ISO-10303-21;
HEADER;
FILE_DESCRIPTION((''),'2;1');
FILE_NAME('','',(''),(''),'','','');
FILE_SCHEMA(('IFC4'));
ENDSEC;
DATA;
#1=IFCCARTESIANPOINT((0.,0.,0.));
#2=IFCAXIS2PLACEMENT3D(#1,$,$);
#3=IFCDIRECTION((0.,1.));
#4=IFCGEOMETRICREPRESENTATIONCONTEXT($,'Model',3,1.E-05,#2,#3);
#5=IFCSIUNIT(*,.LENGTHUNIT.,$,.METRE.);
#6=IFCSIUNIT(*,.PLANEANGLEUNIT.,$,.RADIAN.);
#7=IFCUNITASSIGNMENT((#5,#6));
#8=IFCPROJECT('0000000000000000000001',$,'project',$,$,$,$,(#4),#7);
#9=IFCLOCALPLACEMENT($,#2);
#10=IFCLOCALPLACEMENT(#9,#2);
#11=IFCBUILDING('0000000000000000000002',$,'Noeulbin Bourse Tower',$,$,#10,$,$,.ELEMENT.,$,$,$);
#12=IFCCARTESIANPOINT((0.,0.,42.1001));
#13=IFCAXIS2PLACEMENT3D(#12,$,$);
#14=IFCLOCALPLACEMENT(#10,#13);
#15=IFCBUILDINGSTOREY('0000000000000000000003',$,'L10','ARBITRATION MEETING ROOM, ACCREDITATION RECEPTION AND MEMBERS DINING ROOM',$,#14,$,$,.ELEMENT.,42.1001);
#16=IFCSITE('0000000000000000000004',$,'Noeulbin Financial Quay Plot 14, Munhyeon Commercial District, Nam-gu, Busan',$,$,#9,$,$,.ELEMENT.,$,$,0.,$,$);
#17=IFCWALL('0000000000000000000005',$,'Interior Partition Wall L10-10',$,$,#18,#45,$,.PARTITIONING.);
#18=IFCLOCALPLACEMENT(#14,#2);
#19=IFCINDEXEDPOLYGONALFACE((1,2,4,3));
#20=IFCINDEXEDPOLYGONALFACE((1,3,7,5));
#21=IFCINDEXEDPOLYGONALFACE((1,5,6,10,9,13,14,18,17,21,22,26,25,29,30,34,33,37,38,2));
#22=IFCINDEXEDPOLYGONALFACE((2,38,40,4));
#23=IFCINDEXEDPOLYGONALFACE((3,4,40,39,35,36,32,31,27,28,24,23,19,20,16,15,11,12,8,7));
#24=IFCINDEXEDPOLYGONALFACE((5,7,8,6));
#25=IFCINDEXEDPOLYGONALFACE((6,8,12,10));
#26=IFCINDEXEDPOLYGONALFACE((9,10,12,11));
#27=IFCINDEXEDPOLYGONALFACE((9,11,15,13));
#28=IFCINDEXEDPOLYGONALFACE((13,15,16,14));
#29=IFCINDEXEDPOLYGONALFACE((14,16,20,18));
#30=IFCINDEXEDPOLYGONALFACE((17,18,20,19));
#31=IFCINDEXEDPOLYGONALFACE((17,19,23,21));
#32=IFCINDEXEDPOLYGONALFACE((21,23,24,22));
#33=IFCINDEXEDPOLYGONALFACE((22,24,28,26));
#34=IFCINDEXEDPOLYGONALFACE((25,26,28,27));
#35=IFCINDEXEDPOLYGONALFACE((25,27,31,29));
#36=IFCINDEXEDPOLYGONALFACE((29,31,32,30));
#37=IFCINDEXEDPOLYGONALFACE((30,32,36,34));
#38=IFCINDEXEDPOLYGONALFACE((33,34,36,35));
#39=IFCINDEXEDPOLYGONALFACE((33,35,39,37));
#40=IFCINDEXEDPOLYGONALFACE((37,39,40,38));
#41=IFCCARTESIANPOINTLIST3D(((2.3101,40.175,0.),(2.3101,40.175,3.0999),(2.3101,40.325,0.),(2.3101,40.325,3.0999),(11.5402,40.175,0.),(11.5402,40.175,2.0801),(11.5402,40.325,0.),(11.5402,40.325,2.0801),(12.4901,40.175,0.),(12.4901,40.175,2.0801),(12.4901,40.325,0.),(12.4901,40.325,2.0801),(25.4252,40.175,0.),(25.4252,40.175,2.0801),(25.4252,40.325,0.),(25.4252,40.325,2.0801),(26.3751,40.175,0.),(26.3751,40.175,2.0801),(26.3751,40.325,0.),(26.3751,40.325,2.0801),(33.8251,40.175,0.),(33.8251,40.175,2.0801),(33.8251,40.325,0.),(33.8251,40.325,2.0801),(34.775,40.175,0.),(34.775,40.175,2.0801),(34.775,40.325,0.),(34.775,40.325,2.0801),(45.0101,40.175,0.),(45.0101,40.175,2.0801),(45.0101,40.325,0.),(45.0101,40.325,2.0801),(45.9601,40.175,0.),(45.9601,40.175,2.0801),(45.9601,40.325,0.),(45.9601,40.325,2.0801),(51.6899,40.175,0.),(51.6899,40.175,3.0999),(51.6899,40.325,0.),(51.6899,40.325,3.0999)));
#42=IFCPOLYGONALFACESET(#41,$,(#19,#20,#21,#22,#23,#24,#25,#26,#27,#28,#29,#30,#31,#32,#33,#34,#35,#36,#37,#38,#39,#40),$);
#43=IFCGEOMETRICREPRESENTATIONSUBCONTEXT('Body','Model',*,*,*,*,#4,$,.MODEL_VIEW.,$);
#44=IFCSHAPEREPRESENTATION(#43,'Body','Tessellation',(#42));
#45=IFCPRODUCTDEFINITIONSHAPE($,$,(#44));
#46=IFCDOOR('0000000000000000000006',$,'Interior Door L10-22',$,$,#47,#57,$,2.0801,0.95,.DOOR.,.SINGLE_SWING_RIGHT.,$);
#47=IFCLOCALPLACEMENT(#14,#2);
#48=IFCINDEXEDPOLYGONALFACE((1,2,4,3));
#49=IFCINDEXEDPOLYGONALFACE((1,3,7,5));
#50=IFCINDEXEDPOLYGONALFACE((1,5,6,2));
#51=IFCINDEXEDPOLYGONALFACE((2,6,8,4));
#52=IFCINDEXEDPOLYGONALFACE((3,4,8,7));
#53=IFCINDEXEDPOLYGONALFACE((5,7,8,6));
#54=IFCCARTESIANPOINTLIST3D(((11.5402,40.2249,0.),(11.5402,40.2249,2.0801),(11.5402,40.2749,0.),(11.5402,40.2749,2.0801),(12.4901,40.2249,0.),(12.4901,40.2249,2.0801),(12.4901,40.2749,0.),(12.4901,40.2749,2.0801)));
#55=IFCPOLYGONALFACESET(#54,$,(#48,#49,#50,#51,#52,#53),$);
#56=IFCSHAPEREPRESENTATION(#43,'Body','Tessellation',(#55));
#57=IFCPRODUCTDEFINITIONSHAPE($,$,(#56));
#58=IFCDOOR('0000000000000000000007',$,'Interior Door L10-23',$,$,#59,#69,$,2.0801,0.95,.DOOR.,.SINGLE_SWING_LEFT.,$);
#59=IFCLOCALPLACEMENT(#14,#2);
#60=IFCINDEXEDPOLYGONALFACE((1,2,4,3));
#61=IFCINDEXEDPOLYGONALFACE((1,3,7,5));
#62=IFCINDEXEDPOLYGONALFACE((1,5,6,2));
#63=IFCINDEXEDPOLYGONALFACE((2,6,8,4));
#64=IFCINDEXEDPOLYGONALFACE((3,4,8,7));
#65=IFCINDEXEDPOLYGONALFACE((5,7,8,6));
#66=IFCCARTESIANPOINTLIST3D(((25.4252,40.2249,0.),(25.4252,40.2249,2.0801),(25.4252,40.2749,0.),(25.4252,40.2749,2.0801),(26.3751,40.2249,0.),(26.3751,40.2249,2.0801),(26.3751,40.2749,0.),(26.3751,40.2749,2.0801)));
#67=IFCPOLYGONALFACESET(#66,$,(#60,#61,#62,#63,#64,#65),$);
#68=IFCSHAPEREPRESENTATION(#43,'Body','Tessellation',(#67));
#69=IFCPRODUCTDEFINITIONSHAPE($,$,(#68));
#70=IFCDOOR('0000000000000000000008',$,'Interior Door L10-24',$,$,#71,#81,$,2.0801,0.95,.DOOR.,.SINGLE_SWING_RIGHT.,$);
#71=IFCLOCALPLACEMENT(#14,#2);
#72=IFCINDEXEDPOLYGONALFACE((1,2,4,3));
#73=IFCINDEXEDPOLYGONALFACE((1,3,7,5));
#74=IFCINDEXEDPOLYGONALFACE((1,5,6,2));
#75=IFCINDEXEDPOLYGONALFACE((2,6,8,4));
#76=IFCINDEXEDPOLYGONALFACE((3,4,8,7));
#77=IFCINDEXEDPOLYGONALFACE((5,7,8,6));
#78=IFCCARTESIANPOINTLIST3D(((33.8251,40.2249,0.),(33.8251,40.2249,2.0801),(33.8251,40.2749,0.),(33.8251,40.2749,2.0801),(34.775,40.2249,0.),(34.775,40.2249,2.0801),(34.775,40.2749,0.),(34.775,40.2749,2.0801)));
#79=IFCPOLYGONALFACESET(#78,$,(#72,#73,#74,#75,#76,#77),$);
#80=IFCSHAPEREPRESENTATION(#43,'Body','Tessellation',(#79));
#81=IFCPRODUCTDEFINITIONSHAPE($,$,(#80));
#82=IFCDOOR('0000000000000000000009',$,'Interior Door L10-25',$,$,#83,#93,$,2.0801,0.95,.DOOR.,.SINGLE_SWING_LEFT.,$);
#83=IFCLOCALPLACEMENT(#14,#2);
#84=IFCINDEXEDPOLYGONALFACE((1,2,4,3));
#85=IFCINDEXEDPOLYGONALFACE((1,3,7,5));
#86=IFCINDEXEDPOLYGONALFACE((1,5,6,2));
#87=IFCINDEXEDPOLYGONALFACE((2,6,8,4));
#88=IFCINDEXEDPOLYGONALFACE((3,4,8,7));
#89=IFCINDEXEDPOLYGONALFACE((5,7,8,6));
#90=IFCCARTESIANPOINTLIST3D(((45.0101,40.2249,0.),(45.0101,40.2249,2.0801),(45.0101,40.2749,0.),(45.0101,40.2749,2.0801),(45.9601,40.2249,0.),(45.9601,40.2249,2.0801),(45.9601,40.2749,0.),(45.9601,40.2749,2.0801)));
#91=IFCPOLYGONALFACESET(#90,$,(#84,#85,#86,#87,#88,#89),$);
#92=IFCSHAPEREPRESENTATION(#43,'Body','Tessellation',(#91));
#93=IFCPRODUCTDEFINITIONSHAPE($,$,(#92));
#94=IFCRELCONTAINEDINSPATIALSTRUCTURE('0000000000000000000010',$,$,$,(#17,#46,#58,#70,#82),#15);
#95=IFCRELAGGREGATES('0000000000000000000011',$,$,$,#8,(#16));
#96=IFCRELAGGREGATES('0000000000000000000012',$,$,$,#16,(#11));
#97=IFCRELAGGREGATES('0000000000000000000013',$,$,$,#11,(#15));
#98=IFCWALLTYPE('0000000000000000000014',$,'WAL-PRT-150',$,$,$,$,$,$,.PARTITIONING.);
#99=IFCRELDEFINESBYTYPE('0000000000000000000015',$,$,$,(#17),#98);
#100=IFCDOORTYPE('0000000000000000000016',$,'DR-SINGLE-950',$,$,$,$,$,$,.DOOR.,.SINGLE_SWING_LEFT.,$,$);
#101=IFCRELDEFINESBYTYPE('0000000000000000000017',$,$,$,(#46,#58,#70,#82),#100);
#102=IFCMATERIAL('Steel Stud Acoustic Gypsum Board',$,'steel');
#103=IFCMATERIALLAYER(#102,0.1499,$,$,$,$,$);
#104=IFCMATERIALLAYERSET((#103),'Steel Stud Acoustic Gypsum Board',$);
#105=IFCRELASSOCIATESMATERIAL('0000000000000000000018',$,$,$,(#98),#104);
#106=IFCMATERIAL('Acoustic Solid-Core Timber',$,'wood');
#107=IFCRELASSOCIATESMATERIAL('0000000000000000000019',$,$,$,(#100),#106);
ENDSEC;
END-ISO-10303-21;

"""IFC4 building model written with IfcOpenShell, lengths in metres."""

from ifc_helpers import new_model, si_unit, direction, frame, frame_2d, origin, place, context, subcontext, project, spatial, rectangle, extrude, material, layer, layer_set, type_object, element, fill, save


model = new_model("IFC4")

# Units and contexts
model_context = context("Model", 3, precision=1e-05, world=origin(), true_north=direction((0.0, 1.0)))
body_context = subcontext(model_context, "Body", "Model", "MODEL_VIEW")
ifc_project = project(units=[si_unit("LENGTHUNIT", "METRE"), si_unit("PLANEANGLEUNIT", "RADIAN")], contexts=[model_context])

# Site, building, storey
site_placement = place(None, origin())
site = spatial("IfcSite", under=ifc_project, at=site_placement, Name="Noeulbin Financial Quay Plot 14, Munhyeon Commercial District, Nam-gu, Busan", CompositionType="ELEMENT", RefElevation=0.0)
building_placement = place(site_placement, origin())
building = spatial("IfcBuilding", under=site, at=building_placement, Name="Noeulbin Bourse Tower", CompositionType="ELEMENT")
storey_placement = place(building_placement, frame((0.0, 0.0, 42.1001)))
storey = spatial("IfcBuildingStorey", under=building, at=storey_placement, Name="L10", Description="ARBITRATION MEETING ROOM, ACCREDITATION RECEPTION AND MEMBERS DINING ROOM", CompositionType="ELEMENT", Elevation=42.1001)

# Wall, openings, doors
ifc_material_1 = material(Name="Steel Stud Acoustic Gypsum Board", Category="steel")
ifc_layer_1 = layer(ifc_material_1, 0.1499)
ifc_layer_set_1 = layer_set([ifc_layer_1], Name="Steel Stud Acoustic Gypsum Board")
wall_type_1 = type_object("IfcWallType", Name="WAL-PRT-150", PredefinedType="PARTITIONING", material=ifc_layer_set_1)
wall_1_placement = place(storey_placement, frame((2.3101, 40.25, 0.0), z_axis=(0.0, 0.0, 1.0), x_axis=(1.0, 0.0, 0.0)))
wall_1 = element("IfcWall", 1, at=wall_1_placement, inside=storey, type_object=wall_type_1, Name="Interior Partition Wall L10-10", PredefinedType="PARTITIONING", context=body_context, shape_type="SweptSolid", body=[
    extrude(rectangle(XDim=49.3799, YDim=0.1499, at=frame_2d((24.6899, 0.0))), origin(), (0.0, 0.0, 1.0), 3.0999),
])
opening_1_placement = place(wall_1_placement, frame((9.23, 0.0, 0.0)))
opening_1 = element("IfcOpeningElement", 2, at=opening_1_placement, cuts=wall_1, PredefinedType="OPENING", context=body_context, shape_type="SweptSolid", body=[
    extrude(rectangle(XDim=0.95, YDim=2.0801, at=frame_2d((0.4751, 1.04))), frame((0.0, 0.085, 0.0), z_axis=(0.0, -1.0, 0.0), x_axis=(1.0, 0.0, 0.0)), (0.0, 0.0, 1.0), 0.1699),
])
opening_2_placement = place(wall_1_placement, frame((23.115, 0.0, 0.0)))
opening_2 = element("IfcOpeningElement", 3, at=opening_2_placement, cuts=wall_1, PredefinedType="OPENING", context=body_context, shape_type="SweptSolid", body=[
    extrude(rectangle(XDim=0.95, YDim=2.0801, at=frame_2d((0.4751, 1.04))), frame((0.0, 0.085, 0.0), z_axis=(0.0, -1.0, 0.0), x_axis=(1.0, 0.0, 0.0)), (0.0, 0.0, 1.0), 0.1699),
])
opening_3_placement = place(wall_1_placement, frame((31.5149, 0.0, 0.0)))
opening_3 = element("IfcOpeningElement", 4, at=opening_3_placement, cuts=wall_1, PredefinedType="OPENING", context=body_context, shape_type="SweptSolid", body=[
    extrude(rectangle(XDim=0.95, YDim=2.0801, at=frame_2d((0.4751, 1.04))), frame((0.0, 0.085, 0.0), z_axis=(0.0, -1.0, 0.0), x_axis=(1.0, 0.0, 0.0)), (0.0, 0.0, 1.0), 0.1699),
])
opening_4_placement = place(wall_1_placement, frame((42.7, 0.0, 0.0)))
opening_4 = element("IfcOpeningElement", 5, at=opening_4_placement, cuts=wall_1, PredefinedType="OPENING", context=body_context, shape_type="SweptSolid", body=[
    extrude(rectangle(XDim=0.95, YDim=2.0801, at=frame_2d((0.4751, 1.04))), frame((0.0, 0.085, 0.0), z_axis=(0.0, -1.0, 0.0), x_axis=(1.0, 0.0, 0.0)), (0.0, 0.0, 1.0), 0.1699),
])
ifc_material_2 = material(Name="Acoustic Solid-Core Timber", Category="wood")
door_type = type_object("IfcDoorType", Name="DR-SINGLE-950", OperationType="SINGLE_SWING_LEFT", PredefinedType="DOOR", material=ifc_material_2)
door_1_placement = place(opening_1_placement, origin())
door_1 = element("IfcDoor", 6, at=door_1_placement, inside=storey, type_object=door_type, Name="Interior Door L10-22", OperationType="SINGLE_SWING_RIGHT", OverallHeight=2.0801, OverallWidth=0.95, PredefinedType="DOOR", context=body_context, shape_type="SweptSolid", body=[
    extrude(rectangle(XDim=0.95, YDim=2.0801, at=frame_2d((0.4751, 1.04))), frame((0.0, 0.0249, 0.0), z_axis=(0.0, -1.0, 0.0), x_axis=(1.0, 0.0, 0.0)), (0.0, 0.0, 1.0), 0.05),
])
fill(opening_1, door_1)
door_2_placement = place(opening_2_placement, origin())
door_2 = element("IfcDoor", 7, at=door_2_placement, inside=storey, type_object=door_type, Name="Interior Door L10-23", OperationType="SINGLE_SWING_LEFT", OverallHeight=2.0801, OverallWidth=0.95, PredefinedType="DOOR", context=body_context, shape_type="SweptSolid", body=[
    extrude(rectangle(XDim=0.95, YDim=2.0801, at=frame_2d((0.4751, 1.04))), frame((0.0, 0.0249, 0.0), z_axis=(0.0, -1.0, 0.0), x_axis=(1.0, 0.0, 0.0)), (0.0, 0.0, 1.0), 0.05),
])
fill(opening_2, door_2)
door_3_placement = place(opening_3_placement, origin())
door_3 = element("IfcDoor", 8, at=door_3_placement, inside=storey, type_object=door_type, Name="Interior Door L10-24", OperationType="SINGLE_SWING_RIGHT", OverallHeight=2.0801, OverallWidth=0.95, PredefinedType="DOOR", context=body_context, shape_type="SweptSolid", body=[
    extrude(rectangle(XDim=0.95, YDim=2.0801, at=frame_2d((0.4751, 1.04))), frame((0.0, 0.0249, 0.0), z_axis=(0.0, -1.0, 0.0), x_axis=(1.0, 0.0, 0.0)), (0.0, 0.0, 1.0), 0.05),
])
fill(opening_3, door_3)
door_4_placement = place(opening_4_placement, origin())
door_4 = element("IfcDoor", 9, at=door_4_placement, inside=storey, type_object=door_type, Name="Interior Door L10-25", OperationType="SINGLE_SWING_LEFT", OverallHeight=2.0801, OverallWidth=0.95, PredefinedType="DOOR", context=body_context, shape_type="SweptSolid", body=[
    extrude(rectangle(XDim=0.95, YDim=2.0801, at=frame_2d((0.4751, 1.04))), frame((0.0, 0.0249, 0.0), z_axis=(0.0, -1.0, 0.0), x_axis=(1.0, 0.0, 0.0)), (0.0, 0.0, 1.0), 0.05),
])
fill(opening_4, door_4)

save(model, "model.ifc")
